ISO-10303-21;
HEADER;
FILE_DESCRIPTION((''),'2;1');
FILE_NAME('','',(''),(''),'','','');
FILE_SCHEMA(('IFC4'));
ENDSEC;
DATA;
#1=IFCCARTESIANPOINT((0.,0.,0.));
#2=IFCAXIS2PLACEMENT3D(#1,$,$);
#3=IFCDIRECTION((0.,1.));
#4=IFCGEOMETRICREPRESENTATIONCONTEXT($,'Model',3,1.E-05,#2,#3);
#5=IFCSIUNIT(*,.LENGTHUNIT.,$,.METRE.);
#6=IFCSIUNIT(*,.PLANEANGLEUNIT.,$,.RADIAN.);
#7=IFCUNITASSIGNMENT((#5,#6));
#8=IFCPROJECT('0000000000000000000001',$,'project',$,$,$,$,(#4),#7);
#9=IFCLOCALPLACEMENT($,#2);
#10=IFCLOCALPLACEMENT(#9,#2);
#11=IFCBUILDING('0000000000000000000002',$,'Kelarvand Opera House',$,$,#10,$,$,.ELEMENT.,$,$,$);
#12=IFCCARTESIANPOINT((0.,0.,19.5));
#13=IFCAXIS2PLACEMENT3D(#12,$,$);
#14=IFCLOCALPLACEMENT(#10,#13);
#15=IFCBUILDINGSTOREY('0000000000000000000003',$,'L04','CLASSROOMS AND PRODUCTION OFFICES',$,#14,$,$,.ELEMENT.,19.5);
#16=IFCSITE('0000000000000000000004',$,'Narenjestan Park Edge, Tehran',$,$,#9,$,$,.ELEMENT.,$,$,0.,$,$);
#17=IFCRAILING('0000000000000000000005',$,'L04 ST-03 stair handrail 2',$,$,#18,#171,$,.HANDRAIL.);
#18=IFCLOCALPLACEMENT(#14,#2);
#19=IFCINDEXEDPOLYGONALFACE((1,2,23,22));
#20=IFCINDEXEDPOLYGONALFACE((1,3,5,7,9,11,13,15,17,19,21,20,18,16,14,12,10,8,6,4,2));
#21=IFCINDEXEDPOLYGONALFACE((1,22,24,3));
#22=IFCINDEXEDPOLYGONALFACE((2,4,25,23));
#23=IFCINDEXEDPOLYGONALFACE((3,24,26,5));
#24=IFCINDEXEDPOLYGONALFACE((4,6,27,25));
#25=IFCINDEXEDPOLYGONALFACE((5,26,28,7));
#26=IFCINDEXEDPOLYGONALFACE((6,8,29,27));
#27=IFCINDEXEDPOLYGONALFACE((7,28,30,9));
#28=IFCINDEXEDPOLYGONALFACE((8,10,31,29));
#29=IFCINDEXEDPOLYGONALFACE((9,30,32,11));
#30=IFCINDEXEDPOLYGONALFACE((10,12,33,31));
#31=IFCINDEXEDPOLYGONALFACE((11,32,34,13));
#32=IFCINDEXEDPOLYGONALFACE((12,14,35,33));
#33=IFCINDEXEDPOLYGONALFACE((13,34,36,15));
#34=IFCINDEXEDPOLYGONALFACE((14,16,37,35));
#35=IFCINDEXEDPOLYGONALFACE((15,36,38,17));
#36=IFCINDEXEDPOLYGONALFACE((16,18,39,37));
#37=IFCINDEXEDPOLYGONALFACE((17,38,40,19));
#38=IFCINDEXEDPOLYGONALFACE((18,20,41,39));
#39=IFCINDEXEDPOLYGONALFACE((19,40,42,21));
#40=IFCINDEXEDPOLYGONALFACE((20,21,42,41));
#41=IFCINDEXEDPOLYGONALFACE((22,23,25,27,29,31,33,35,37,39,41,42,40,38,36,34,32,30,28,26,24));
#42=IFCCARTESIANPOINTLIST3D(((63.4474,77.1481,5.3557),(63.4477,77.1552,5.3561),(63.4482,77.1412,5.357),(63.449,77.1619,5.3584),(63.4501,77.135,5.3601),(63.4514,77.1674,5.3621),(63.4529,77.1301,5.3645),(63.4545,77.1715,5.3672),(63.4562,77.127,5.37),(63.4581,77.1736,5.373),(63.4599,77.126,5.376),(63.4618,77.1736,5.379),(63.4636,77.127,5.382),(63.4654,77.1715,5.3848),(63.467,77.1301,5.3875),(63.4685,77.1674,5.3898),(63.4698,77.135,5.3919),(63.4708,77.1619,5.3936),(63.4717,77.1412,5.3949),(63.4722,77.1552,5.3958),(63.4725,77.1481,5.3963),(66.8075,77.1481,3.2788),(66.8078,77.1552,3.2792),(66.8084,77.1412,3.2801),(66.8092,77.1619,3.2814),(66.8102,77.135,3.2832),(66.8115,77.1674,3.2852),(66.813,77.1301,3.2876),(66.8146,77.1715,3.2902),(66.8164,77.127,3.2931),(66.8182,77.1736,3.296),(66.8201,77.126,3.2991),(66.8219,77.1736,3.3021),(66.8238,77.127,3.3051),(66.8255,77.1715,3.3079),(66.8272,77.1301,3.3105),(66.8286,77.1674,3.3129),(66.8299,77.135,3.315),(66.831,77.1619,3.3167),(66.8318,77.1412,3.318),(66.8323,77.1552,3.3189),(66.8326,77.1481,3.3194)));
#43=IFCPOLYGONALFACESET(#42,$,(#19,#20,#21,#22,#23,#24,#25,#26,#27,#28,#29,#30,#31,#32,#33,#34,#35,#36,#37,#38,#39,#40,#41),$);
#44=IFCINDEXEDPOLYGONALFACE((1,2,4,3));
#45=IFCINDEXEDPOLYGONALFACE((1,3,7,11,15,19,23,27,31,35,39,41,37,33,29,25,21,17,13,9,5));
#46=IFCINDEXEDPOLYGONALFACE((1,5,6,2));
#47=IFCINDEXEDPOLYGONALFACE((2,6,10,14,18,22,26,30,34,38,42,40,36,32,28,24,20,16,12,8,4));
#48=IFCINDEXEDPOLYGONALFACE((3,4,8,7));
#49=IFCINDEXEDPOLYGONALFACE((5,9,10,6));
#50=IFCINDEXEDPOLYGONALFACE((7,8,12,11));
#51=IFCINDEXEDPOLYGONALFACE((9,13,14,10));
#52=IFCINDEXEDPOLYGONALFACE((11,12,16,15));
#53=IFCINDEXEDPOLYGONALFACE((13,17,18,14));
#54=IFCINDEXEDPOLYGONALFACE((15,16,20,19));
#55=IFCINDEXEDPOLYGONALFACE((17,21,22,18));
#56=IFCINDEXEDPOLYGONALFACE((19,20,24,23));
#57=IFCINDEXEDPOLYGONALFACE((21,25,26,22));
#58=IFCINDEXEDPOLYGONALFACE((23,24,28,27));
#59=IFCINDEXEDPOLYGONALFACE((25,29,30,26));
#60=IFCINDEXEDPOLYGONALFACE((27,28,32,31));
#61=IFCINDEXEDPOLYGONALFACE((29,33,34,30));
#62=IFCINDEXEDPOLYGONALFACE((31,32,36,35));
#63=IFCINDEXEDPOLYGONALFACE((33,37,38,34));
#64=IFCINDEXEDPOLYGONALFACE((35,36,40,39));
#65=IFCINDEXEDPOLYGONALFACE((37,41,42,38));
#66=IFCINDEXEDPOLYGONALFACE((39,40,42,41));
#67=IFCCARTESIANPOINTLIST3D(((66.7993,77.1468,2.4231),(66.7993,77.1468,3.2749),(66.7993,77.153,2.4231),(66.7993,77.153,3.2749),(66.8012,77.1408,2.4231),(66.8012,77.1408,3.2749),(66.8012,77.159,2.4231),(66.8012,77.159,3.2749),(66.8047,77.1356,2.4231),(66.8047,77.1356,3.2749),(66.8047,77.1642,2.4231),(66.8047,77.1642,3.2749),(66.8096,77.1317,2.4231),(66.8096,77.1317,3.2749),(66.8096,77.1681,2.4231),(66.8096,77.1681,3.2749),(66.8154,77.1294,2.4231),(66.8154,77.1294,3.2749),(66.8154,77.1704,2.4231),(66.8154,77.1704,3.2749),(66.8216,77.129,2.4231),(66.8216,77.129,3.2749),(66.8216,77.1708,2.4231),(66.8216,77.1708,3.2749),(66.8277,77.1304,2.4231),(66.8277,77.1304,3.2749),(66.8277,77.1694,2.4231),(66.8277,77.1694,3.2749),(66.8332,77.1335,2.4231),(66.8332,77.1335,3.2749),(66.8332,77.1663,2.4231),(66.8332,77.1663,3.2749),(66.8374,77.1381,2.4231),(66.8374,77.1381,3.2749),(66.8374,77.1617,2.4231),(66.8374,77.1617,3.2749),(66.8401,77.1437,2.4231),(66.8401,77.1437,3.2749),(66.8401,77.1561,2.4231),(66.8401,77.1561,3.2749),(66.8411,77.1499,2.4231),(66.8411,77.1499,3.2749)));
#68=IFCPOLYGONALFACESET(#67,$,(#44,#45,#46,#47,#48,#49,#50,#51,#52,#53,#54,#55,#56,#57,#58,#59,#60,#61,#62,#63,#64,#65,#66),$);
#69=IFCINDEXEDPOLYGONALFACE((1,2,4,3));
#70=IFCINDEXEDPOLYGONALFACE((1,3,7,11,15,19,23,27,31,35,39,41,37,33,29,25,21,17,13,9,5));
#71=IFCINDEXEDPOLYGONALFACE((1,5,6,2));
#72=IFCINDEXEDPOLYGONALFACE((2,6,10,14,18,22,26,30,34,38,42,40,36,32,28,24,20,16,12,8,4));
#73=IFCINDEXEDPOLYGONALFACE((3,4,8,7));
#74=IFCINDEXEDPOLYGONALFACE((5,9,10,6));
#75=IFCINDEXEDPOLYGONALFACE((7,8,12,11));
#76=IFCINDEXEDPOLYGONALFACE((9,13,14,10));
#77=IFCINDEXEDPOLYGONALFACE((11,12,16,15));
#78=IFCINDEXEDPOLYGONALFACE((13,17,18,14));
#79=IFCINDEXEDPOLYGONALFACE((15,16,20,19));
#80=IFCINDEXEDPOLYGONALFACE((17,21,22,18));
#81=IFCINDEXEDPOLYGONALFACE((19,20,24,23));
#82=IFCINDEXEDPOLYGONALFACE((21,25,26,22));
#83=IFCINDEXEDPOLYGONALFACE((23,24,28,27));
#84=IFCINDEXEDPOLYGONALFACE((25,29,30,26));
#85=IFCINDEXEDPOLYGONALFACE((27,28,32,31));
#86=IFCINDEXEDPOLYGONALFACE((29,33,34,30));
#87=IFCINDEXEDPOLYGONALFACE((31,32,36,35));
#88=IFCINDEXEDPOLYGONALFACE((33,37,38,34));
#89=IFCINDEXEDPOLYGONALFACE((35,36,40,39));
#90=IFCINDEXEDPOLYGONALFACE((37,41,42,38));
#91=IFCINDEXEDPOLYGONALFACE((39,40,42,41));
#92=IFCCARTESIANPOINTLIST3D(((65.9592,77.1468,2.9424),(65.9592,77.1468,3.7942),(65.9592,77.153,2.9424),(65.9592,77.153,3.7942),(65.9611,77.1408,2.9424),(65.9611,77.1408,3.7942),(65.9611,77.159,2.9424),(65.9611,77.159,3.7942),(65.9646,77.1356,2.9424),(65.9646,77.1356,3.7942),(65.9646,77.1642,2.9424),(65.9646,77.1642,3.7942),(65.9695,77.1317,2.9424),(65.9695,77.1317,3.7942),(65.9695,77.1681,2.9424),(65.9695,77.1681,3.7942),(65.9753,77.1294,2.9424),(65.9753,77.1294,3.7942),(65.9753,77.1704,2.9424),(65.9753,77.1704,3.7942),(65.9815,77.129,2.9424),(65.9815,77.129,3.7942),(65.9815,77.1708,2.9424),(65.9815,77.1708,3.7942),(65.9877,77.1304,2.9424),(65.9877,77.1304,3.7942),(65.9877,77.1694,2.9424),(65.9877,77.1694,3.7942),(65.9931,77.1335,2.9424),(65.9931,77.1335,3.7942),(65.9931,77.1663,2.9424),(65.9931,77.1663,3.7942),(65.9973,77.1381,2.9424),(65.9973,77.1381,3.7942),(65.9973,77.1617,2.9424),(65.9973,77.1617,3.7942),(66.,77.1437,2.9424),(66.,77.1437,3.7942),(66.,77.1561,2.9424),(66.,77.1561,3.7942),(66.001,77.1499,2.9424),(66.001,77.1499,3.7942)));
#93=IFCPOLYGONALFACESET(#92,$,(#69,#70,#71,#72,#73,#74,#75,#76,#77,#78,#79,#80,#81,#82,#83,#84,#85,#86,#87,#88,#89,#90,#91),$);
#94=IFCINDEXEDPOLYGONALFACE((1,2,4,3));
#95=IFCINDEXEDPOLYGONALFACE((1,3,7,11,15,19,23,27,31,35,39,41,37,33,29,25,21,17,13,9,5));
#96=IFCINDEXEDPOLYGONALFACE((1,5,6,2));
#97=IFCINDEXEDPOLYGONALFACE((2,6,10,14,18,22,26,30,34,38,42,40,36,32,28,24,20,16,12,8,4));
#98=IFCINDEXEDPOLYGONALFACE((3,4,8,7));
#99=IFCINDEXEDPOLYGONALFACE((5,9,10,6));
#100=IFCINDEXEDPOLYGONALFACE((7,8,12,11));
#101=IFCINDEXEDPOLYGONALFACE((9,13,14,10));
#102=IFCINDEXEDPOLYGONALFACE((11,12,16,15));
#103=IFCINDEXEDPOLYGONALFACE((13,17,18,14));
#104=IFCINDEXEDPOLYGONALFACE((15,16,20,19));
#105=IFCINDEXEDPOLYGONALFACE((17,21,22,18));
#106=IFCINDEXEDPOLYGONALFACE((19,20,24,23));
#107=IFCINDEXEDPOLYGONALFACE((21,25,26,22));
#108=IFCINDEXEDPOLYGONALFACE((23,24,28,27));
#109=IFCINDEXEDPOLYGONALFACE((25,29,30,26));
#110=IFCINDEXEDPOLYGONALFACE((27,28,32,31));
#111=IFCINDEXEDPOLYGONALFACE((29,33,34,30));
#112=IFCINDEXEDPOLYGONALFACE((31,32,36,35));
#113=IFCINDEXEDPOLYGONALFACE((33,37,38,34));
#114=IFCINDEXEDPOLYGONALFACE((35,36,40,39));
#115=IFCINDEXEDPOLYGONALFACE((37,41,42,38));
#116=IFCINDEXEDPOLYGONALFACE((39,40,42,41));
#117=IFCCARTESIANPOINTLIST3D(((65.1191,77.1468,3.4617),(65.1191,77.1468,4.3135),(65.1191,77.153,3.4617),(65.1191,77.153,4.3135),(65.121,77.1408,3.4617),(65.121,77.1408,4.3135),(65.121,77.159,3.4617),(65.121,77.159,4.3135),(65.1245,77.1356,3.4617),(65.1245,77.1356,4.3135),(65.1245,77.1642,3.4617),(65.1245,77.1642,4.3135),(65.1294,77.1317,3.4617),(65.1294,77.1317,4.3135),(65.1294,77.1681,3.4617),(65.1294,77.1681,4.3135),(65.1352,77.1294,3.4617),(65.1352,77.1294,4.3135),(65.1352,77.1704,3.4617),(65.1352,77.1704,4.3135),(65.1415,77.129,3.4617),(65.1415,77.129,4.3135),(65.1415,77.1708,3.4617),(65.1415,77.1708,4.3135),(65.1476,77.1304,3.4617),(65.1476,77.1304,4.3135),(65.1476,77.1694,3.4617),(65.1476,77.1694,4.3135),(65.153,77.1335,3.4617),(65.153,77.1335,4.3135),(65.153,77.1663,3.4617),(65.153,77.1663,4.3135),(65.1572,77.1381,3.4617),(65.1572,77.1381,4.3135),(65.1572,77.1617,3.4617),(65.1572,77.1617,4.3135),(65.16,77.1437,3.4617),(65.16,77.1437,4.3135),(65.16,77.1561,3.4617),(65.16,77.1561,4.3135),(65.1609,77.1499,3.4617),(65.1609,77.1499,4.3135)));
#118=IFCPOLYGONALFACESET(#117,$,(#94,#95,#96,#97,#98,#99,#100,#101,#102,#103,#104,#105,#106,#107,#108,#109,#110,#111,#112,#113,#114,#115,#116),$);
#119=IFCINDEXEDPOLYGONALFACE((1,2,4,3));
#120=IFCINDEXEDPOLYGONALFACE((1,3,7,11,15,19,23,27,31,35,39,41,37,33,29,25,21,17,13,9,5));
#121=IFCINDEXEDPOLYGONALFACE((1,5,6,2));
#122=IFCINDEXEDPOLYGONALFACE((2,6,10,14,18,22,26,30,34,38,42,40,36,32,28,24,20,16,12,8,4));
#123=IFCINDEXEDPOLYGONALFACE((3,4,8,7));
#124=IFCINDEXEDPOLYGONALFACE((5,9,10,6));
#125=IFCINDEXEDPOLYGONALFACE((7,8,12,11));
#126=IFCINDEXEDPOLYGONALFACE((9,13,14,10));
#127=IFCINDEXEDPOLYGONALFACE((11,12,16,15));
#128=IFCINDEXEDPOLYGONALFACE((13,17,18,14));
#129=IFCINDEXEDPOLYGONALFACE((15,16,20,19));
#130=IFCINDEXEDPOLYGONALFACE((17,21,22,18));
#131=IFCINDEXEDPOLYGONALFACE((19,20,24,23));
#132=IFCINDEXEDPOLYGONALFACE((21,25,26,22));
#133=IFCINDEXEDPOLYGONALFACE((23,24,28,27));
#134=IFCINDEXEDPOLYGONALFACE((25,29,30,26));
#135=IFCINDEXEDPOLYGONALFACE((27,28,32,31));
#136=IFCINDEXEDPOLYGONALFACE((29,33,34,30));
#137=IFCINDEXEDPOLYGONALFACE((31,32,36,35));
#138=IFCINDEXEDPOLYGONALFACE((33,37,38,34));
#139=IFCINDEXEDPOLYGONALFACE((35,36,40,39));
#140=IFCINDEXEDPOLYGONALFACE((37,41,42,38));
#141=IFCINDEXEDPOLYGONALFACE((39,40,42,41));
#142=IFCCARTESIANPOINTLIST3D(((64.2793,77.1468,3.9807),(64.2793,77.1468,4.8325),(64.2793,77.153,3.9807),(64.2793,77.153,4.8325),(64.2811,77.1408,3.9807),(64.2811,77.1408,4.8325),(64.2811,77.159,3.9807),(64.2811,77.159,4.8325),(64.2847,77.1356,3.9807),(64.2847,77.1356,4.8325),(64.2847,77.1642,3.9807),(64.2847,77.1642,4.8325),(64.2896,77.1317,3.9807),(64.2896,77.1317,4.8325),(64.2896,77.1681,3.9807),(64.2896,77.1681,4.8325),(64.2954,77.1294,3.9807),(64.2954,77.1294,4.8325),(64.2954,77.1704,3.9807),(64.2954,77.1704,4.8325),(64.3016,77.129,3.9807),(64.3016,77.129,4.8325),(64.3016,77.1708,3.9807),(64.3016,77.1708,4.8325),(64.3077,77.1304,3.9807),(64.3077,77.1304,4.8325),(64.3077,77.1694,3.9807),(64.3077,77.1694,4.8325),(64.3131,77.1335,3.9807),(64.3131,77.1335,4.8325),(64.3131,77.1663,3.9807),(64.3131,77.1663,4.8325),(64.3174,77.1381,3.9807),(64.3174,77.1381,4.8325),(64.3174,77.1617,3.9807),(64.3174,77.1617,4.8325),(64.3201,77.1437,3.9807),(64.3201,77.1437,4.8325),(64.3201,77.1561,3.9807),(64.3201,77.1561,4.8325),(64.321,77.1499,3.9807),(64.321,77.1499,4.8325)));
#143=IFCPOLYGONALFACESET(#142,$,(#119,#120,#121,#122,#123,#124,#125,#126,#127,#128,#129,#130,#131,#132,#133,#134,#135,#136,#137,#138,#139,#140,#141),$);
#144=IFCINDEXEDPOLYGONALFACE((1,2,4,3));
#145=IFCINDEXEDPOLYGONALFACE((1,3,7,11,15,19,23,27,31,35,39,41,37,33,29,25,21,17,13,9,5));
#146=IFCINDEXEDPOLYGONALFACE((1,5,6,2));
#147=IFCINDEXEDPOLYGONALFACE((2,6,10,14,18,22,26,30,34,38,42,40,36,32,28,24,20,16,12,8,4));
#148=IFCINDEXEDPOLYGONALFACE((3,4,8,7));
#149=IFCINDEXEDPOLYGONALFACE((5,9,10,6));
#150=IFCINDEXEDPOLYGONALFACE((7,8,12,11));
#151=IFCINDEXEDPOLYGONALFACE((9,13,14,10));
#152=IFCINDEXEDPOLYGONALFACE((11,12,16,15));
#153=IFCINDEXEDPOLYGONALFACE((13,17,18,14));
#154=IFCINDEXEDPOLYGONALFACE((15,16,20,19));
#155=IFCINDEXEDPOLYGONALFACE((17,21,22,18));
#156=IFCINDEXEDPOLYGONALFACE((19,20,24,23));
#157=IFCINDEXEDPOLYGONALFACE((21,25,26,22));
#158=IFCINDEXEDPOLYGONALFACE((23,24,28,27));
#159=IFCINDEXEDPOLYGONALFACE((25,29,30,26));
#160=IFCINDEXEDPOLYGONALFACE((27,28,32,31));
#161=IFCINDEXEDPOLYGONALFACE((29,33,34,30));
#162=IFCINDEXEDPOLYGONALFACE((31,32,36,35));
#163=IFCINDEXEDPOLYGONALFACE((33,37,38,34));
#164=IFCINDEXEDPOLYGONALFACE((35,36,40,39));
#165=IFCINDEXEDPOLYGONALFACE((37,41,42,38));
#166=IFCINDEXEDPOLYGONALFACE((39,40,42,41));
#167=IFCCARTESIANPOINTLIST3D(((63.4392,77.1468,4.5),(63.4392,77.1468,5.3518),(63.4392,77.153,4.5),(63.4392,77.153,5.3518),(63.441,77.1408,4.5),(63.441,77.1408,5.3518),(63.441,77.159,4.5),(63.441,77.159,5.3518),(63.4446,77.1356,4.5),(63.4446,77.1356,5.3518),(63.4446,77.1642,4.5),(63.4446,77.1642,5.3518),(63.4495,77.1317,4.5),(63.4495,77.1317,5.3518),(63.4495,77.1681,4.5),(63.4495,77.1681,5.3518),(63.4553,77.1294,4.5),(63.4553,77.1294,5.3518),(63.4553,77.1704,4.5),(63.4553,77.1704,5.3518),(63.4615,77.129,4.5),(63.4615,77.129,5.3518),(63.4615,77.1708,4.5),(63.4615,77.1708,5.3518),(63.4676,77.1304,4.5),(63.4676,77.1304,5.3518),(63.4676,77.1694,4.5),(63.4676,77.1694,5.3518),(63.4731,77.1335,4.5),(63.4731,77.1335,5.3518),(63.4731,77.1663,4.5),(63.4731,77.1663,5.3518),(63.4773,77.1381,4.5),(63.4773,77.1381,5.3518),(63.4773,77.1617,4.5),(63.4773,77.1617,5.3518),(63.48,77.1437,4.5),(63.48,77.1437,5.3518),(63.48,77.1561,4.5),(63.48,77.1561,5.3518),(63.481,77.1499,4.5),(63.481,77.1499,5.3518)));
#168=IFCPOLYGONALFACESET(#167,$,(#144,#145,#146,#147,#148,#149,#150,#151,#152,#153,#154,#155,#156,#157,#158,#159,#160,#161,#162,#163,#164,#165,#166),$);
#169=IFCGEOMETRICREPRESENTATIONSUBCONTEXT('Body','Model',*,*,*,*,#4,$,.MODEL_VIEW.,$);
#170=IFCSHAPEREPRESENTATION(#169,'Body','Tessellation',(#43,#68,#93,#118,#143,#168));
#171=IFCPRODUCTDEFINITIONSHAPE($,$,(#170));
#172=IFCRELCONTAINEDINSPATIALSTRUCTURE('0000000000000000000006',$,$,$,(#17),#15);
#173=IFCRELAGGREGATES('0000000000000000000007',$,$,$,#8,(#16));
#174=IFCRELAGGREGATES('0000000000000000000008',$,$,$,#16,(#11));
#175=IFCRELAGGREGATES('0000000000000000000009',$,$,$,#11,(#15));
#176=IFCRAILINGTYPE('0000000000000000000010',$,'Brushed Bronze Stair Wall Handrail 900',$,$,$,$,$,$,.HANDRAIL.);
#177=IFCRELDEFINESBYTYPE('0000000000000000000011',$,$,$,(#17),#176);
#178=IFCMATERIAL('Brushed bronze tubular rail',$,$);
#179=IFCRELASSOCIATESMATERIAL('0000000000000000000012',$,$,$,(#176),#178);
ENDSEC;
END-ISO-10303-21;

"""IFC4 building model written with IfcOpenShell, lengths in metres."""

from ifc_helpers import new_model, si_unit, direction, frame, origin, origin_2d, place, context, subcontext, project, spatial, circle, extrude, material, type_object, element, save


model = new_model("IFC4")

# Units and contexts
model_context = context("Model", 3, precision=1e-05, world=origin(), true_north=direction((0.0, 1.0)))
body_context = subcontext(model_context, "Body", "Model", "MODEL_VIEW")
ifc_project = project(units=[si_unit("LENGTHUNIT", "METRE"), si_unit("PLANEANGLEUNIT", "RADIAN")], contexts=[model_context])

# Site, building, storey
site_placement = place(None, origin())
site = spatial("IfcSite", under=ifc_project, at=site_placement, Name="Narenjestan Park Edge, Tehran", CompositionType="ELEMENT", RefElevation=0.0)
building_placement = place(site_placement, origin())
building = spatial("IfcBuilding", under=site, at=building_placement, Name="Kelarvand Opera House", CompositionType="ELEMENT")
storey_placement = place(building_placement, frame((0.0, 0.0, 19.5)))
storey = spatial("IfcBuildingStorey", under=building, at=storey_placement, Name="L04", Description="CLASSROOMS AND PRODUCTION OFFICES", CompositionType="ELEMENT", Elevation=19.5)

# Railing
ifc_material_1 = material(Name="Brushed bronze tubular rail")
railing_type_1 = type_object("IfcRailingType", Name="Brushed Bronze Stair Wall Handrail 900", PredefinedType="HANDRAIL", material=ifc_material_1)
railing_1_placement = place(storey_placement, frame((66.8201, 77.1499, 2.4231)))
element("IfcRailing", 1, at=railing_1_placement, inside=storey, type_object=railing_type_1, Name="L04 ST-03 stair handrail 2", PredefinedType="HANDRAIL", context=body_context, shape_type="SweptSolid", body=[
    extrude(circle(Radius=0.0239, at=origin_2d()), frame((0.0, 0.0, 0.876), z_axis=(-0.850623, 0.0, 0.525776), x_axis=(0.0, -1.0, 0.0)), (0.0, 0.0, 1.0), 3.9502),
    extrude(circle(Radius=0.021, at=origin_2d()), origin(), (0.0, 0.0, 1.0), 0.8518),
    extrude(circle(Radius=0.021, at=origin_2d()), frame((-0.8401, 0.0, 0.5193)), (0.0, 0.0, 1.0), 0.8518),
    extrude(circle(Radius=0.021, at=origin_2d()), frame((-1.6802, 0.0, 1.0386)), (0.0, 0.0, 1.0), 0.8518),
    extrude(circle(Radius=0.021, at=origin_2d()), frame((-2.52, 0.0, 1.5576)), (0.0, 0.0, 1.0), 0.8518),
    extrude(circle(Radius=0.021, at=origin_2d()), frame((-3.3601, 0.0, 2.0769)), (0.0, 0.0, 1.0), 0.8518),
])

save(model, "model.ifc")
